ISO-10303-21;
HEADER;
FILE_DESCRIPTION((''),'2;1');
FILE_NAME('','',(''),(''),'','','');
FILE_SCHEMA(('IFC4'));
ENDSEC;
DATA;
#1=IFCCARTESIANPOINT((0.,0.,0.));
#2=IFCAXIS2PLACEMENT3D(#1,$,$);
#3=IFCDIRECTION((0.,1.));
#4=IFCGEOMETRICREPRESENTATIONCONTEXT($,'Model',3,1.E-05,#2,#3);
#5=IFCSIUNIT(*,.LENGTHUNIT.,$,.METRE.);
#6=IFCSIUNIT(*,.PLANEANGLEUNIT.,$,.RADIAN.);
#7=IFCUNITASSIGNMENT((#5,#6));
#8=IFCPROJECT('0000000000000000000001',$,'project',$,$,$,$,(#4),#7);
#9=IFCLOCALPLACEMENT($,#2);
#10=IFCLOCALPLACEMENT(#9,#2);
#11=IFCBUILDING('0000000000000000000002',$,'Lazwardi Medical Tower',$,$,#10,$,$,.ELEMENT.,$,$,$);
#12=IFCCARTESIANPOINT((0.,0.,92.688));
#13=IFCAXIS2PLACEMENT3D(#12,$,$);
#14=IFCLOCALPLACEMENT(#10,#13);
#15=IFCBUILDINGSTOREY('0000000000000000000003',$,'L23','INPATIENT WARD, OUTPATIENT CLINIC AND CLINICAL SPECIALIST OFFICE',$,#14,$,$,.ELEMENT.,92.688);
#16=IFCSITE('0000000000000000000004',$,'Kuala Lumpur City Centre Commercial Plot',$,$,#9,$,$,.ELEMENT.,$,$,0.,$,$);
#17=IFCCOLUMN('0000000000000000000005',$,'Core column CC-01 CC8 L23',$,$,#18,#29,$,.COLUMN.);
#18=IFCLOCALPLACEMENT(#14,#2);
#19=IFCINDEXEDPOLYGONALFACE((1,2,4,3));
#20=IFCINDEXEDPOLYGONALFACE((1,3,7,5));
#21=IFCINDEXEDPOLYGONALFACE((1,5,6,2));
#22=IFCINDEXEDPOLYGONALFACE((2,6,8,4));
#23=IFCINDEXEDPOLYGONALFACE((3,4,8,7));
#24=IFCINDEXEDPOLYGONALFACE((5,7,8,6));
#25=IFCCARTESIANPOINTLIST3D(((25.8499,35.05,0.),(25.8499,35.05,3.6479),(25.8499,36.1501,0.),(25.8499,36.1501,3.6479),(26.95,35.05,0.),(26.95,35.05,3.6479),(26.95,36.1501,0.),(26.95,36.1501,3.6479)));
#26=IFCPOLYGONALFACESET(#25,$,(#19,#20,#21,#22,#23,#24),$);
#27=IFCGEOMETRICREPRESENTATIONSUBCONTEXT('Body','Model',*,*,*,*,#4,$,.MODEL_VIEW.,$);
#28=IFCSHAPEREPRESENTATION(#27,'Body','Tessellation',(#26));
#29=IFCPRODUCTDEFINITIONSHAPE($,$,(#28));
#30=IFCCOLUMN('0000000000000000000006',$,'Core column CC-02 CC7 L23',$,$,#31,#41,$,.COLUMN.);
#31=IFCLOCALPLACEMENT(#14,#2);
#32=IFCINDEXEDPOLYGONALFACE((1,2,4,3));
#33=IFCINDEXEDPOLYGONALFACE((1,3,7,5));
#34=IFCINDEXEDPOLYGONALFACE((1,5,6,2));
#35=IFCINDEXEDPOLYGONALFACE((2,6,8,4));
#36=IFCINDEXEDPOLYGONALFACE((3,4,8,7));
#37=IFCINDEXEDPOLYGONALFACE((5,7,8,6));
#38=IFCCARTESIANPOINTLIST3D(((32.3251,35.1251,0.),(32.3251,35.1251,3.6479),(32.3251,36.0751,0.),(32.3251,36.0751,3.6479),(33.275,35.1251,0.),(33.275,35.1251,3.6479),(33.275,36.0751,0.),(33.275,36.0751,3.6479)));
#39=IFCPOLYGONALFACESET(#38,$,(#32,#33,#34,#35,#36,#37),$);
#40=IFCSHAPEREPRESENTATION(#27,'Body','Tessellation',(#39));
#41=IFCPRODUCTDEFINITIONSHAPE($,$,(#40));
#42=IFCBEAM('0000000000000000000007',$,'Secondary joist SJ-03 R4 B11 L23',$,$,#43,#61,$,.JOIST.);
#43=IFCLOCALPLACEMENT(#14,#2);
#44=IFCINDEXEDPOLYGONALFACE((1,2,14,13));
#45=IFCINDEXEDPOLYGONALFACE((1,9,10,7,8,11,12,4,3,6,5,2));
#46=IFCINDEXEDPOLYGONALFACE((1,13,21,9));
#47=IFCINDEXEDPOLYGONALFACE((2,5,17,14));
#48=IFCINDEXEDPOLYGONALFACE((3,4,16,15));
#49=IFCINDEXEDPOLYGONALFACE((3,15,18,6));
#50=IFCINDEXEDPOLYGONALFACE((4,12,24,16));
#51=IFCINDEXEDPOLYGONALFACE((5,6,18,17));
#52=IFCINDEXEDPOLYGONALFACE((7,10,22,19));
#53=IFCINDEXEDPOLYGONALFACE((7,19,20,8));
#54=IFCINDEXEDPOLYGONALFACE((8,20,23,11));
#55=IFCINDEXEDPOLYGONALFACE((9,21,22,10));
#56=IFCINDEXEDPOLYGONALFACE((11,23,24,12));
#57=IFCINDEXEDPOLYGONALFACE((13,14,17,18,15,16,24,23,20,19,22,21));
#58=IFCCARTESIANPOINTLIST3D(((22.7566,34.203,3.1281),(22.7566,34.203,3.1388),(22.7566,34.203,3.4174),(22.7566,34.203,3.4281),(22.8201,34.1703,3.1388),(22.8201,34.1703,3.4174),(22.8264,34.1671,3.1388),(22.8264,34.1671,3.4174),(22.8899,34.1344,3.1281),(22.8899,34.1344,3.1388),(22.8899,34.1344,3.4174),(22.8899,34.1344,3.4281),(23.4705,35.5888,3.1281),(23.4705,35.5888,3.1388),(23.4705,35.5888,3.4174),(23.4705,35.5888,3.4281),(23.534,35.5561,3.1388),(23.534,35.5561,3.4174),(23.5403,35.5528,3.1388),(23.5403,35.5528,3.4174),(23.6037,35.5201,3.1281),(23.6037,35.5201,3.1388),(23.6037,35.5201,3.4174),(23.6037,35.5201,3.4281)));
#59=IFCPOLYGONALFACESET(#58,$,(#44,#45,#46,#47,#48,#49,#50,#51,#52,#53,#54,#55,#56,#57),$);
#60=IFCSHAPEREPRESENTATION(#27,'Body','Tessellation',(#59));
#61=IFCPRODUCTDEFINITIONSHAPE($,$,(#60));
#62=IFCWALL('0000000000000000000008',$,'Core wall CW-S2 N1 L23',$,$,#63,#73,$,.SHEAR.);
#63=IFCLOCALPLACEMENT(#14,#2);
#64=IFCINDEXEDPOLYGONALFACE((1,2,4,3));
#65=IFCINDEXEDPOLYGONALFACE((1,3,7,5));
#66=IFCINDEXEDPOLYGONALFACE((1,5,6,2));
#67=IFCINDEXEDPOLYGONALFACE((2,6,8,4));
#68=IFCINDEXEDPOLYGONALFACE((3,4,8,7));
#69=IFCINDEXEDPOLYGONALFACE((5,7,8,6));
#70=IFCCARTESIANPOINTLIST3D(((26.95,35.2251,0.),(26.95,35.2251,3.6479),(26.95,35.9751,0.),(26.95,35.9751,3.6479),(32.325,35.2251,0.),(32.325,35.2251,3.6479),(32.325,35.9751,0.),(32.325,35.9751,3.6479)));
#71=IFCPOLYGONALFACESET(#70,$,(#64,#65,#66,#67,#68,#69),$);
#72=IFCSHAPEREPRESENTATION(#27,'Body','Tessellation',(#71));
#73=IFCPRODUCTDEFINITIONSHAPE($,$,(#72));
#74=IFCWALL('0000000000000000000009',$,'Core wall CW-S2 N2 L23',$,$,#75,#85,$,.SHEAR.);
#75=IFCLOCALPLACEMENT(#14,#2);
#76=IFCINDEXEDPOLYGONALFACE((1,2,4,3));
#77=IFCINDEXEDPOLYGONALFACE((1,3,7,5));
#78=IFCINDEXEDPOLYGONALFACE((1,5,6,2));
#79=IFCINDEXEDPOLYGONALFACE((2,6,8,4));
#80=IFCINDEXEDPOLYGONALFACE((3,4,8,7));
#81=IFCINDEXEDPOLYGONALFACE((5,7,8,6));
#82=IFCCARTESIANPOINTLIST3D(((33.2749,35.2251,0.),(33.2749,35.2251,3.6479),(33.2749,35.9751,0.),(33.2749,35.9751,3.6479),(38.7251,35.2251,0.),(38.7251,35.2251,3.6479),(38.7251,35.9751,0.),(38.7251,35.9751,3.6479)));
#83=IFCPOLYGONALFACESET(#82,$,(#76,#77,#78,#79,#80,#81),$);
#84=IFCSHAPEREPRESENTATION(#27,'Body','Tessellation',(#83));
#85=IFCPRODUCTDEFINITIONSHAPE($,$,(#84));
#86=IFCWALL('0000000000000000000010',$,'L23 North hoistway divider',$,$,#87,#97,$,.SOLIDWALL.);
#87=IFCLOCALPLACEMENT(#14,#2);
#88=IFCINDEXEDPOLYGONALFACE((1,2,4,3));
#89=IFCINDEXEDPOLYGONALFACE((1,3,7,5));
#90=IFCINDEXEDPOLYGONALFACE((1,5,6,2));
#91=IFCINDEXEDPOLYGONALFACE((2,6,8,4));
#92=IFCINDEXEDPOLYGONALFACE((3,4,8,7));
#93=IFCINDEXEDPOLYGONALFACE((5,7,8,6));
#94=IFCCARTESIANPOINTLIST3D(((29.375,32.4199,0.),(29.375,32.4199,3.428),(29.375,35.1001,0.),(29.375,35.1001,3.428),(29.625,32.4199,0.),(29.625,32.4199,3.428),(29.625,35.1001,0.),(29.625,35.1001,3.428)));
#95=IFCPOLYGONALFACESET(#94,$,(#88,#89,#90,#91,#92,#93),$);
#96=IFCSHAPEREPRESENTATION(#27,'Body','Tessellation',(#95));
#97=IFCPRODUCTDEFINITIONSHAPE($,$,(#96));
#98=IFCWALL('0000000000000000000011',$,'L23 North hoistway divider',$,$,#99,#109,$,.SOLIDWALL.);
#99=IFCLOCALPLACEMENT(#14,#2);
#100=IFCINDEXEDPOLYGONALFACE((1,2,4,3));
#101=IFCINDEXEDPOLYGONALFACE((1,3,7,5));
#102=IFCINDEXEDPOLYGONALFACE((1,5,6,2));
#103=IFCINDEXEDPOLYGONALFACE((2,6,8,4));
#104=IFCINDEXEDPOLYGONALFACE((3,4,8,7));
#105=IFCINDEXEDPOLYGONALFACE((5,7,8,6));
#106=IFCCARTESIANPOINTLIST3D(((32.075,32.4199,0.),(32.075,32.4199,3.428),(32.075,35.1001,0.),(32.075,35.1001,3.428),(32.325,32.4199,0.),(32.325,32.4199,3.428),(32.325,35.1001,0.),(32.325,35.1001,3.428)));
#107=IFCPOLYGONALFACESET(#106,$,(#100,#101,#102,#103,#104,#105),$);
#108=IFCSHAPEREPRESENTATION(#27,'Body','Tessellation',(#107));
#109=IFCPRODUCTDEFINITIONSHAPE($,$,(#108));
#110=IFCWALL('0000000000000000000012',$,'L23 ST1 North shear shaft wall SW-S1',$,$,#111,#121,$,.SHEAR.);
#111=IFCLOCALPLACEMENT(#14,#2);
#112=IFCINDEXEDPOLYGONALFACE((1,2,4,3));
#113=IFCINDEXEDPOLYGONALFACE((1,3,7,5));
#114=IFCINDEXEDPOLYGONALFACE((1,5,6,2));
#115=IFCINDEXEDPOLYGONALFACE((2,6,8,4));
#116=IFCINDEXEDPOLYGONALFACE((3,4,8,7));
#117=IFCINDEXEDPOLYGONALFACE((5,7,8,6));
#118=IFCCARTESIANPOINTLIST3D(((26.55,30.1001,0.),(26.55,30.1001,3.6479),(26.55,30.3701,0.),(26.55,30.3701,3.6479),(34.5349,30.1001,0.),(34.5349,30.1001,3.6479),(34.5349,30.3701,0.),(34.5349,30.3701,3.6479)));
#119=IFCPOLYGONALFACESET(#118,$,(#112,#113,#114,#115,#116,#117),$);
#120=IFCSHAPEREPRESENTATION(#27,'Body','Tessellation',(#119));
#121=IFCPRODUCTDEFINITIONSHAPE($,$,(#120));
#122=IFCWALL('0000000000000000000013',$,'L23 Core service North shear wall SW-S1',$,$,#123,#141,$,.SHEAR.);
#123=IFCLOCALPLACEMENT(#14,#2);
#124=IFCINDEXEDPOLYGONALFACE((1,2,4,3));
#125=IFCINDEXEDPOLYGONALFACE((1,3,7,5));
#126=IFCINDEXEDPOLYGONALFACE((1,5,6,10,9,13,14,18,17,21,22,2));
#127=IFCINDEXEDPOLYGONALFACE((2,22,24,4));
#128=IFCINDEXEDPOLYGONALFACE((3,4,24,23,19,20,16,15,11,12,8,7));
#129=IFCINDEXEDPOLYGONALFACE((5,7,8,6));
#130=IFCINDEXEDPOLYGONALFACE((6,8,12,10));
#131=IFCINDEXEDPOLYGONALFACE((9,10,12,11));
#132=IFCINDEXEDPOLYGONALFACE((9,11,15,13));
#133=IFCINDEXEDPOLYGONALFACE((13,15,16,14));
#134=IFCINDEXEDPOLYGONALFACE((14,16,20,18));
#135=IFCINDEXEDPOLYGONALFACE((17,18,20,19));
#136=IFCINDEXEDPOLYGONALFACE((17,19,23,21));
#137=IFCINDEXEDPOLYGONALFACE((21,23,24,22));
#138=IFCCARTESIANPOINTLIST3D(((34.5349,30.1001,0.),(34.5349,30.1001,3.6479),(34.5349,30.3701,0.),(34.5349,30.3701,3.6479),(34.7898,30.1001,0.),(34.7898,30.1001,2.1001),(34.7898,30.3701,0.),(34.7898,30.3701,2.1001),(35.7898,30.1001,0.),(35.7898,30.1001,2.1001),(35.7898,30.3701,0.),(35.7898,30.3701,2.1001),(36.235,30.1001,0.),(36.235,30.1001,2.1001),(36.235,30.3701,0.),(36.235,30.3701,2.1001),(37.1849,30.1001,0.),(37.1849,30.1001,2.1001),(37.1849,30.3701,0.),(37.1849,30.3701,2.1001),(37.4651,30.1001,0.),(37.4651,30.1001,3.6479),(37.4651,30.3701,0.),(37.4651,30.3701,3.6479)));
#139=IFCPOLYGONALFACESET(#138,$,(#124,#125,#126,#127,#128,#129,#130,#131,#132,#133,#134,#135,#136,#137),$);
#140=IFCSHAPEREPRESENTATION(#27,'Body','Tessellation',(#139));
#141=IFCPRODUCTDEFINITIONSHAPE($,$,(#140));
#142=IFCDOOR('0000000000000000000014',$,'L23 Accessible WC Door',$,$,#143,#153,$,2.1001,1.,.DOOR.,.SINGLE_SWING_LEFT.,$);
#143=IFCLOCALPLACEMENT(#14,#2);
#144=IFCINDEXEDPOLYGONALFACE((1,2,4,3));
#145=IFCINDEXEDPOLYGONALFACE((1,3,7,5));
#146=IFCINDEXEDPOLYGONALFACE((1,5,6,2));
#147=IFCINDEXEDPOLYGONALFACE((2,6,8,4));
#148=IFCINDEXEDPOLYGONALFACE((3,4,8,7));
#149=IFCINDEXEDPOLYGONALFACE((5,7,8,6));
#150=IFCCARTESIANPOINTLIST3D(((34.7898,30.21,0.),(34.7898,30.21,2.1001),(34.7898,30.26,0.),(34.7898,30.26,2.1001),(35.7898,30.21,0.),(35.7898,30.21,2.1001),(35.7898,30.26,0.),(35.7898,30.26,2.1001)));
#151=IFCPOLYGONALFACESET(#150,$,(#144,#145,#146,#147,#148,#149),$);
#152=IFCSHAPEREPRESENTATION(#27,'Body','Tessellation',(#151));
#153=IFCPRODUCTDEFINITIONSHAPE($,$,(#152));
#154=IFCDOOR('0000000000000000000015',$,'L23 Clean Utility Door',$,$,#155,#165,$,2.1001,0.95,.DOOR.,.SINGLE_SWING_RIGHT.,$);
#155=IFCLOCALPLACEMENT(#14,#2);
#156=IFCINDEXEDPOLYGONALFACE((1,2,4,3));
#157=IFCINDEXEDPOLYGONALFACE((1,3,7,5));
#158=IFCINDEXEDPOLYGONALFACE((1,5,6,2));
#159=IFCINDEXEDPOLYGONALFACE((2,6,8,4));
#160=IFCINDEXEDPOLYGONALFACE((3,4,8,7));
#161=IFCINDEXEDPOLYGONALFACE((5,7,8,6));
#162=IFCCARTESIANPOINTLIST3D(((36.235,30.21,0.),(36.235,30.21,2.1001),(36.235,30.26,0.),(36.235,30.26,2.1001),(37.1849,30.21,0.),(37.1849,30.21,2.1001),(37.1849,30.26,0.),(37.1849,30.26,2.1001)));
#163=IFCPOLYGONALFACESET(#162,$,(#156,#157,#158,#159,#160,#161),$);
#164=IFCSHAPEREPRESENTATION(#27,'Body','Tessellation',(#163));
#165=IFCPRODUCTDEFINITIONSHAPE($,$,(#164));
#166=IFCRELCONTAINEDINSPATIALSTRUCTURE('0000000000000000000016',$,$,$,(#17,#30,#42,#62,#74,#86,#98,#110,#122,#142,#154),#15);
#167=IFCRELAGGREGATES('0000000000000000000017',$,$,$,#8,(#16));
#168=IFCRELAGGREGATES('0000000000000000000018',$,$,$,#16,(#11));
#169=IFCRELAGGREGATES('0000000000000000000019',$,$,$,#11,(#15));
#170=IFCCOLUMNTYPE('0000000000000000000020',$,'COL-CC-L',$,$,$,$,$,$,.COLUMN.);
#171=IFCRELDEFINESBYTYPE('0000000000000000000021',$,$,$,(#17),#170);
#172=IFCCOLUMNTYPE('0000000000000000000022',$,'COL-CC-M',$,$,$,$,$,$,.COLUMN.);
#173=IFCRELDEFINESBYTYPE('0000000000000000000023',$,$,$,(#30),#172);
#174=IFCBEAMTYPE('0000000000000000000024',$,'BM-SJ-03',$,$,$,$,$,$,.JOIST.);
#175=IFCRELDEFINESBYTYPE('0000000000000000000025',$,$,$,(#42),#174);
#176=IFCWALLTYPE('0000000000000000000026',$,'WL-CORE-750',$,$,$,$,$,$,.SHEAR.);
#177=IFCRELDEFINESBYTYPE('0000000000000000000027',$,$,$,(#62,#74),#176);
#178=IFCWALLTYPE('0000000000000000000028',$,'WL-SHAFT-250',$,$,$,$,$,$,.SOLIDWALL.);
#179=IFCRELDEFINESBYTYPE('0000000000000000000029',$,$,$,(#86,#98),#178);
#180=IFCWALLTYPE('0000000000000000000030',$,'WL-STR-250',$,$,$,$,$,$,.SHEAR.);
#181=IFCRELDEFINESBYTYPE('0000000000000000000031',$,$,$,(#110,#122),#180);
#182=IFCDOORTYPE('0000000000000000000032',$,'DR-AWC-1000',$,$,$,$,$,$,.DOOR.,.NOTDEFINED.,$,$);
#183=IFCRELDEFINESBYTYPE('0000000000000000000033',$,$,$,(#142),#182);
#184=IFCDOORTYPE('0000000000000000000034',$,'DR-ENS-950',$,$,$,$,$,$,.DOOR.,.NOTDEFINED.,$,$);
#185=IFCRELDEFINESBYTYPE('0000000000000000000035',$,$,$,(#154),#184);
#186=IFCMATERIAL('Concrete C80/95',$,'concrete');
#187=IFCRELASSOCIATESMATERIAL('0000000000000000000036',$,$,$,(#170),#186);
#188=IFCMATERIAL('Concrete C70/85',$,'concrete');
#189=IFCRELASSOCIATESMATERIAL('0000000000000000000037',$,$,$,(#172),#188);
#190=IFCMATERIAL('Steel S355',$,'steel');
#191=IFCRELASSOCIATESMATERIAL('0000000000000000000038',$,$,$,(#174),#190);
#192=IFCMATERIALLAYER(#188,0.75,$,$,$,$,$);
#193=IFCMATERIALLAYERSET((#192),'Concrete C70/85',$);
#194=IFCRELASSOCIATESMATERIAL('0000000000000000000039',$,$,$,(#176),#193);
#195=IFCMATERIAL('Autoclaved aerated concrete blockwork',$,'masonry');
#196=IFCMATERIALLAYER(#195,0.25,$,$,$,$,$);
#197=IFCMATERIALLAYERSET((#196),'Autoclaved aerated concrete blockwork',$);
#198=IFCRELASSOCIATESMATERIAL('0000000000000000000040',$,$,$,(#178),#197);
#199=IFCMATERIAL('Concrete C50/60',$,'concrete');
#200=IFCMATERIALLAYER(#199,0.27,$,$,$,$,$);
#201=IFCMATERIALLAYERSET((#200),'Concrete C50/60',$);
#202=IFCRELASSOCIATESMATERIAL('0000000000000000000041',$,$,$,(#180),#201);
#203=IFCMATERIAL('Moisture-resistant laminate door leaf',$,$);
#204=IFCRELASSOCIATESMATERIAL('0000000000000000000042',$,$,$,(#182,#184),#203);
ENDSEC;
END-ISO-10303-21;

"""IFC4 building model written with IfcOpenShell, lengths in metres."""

from ifc_helpers import new_model, si_unit, direction, frame, frame_2d, origin, origin_2d, place, context, subcontext, project, spatial, rectangle, i_section, extrude, material, layer, layer_set, material_profile, profile_set, type_object, element, fill, save


model = new_model("IFC4")

# Units and contexts
model_context = context("Model", 3, precision=1e-05, world=origin(), true_north=direction((0.0, 1.0)))
body_context = subcontext(model_context, "Body", "Model", "MODEL_VIEW")
ifc_project = project(units=[si_unit("LENGTHUNIT", "METRE"), si_unit("PLANEANGLEUNIT", "RADIAN")], contexts=[model_context])

# Site, building, storey
site_placement = place(None, origin())
site = spatial("IfcSite", under=ifc_project, at=site_placement, Name="Kuala Lumpur City Centre Commercial Plot", CompositionType="ELEMENT", RefElevation=0.0)
building_placement = place(site_placement, origin())
building = spatial("IfcBuilding", under=site, at=building_placement, Name="Lazwardi Medical Tower", CompositionType="ELEMENT")
storey_placement = place(building_placement, frame((0.0, 0.0, 92.688)))
storey = spatial("IfcBuildingStorey", under=building, at=storey_placement, Name="L23", Description="INPATIENT WARD, OUTPATIENT CLINIC AND CLINICAL SPECIALIST OFFICE", CompositionType="ELEMENT", Elevation=92.688)

# Columns
ifc_material_1 = material(Name="Concrete C80/95", Category="concrete")
ifc_material_profile_1 = material_profile(ifc_material_1, rectangle(XDim=1.1001, YDim=1.1001, at=origin_2d()), Name="RC 1100x1100")
ifc_profile_set_1 = profile_set([ifc_material_profile_1], Name="Concrete C80/95")
column_type_1 = type_object("IfcColumnType", Name="COL-CC-L", PredefinedType="COLUMN", material=ifc_profile_set_1)
column_1_placement = place(storey_placement, frame((26.3999, 35.6001, 0.0), z_axis=(0.0, 0.0, 1.0), x_axis=(1.0, 0.0, 0.0)))
element("IfcColumn", 1, at=column_1_placement, inside=storey, type_object=column_type_1, Name="Core column CC-01 CC8 L23", PredefinedType="COLUMN", context=body_context, shape_type="SweptSolid", body=[
    extrude(rectangle(XDim=1.1001, YDim=1.1001, at=origin_2d()), origin(), (0.0, 0.0, 1.0), 3.6479),
])
ifc_material_2 = material(Name="Concrete C70/85", Category="concrete")
ifc_material_profile_2 = material_profile(ifc_material_2, rectangle(XDim=0.95, YDim=0.95, at=origin_2d()), Name="RC 950x950")
ifc_profile_set_2 = profile_set([ifc_material_profile_2], Name="Concrete C70/85")
column_type_2 = type_object("IfcColumnType", Name="COL-CC-M", PredefinedType="COLUMN", material=ifc_profile_set_2)
column_2_placement = place(storey_placement, frame((32.8, 35.6001, 0.0), z_axis=(0.0, 0.0, 1.0), x_axis=(1.0, 0.0, 0.0)))
element("IfcColumn", 2, at=column_2_placement, inside=storey, type_object=column_type_2, Name="Core column CC-02 CC7 L23", PredefinedType="COLUMN", context=body_context, shape_type="SweptSolid", body=[
    extrude(rectangle(XDim=0.95, YDim=0.95, at=origin_2d()), origin(), (0.0, 0.0, 1.0), 3.6479),
])

# Beam
ifc_material_3 = material(Name="Steel S355", Category="steel")
ifc_material_profile_3 = material_profile(ifc_material_3, i_section(OverallWidth=0.1499, OverallDepth=0.3, WebThickness=0.0071, FlangeThickness=0.0107, at=origin_2d()), Name="IPE 300")
ifc_profile_set_3 = profile_set([ifc_material_profile_3], Name="Steel S355")
beam_type = type_object("IfcBeamType", Name="BM-SJ-03", PredefinedType="JOIST", material=ifc_profile_set_3)
beam_placement = place(storey_placement, frame((23.5371, 35.5544, 3.2781), z_axis=(-0.457957, -0.888975, 0.0), x_axis=(0.888975, -0.457957, 0.0)))
element("IfcBeam", 3, at=beam_placement, inside=storey, type_object=beam_type, Name="Secondary joist SJ-03 R4 B11 L23", PredefinedType="JOIST", context=body_context, shape_type="SweptSolid", body=[
    extrude(i_section(OverallWidth=0.1499, OverallDepth=0.3, WebThickness=0.0071, FlangeThickness=0.0107, at=origin_2d()), origin(), (0.0, 0.0, 1.0), 1.5588),
])

# Walls
ifc_layer_1 = layer(ifc_material_2, 0.75)
ifc_layer_set_1 = layer_set([ifc_layer_1], Name="Concrete C70/85")
wall_type_1 = type_object("IfcWallType", Name="WL-CORE-750", PredefinedType="SHEAR", material=ifc_layer_set_1)
wall_1_placement = place(storey_placement, frame((26.95, 35.6001, 0.0), z_axis=(0.0, 0.0, 1.0), x_axis=(1.0, 0.0, 0.0)))
element("IfcWall", 4, at=wall_1_placement, inside=storey, type_object=wall_type_1, Name="Core wall CW-S2 N1 L23", PredefinedType="SHEAR", context=body_context, shape_type="SweptSolid", body=[
    extrude(rectangle(XDim=5.375, YDim=0.75, at=frame_2d((2.6875, 0.0))), origin(), (0.0, 0.0, 1.0), 3.6479),
])
wall_2_placement = place(storey_placement, frame((33.2749, 35.6001, 0.0), z_axis=(0.0, 0.0, 1.0), x_axis=(1.0, 0.0, 0.0)))
element("IfcWall", 5, at=wall_2_placement, inside=storey, type_object=wall_type_1, Name="Core wall CW-S2 N2 L23", PredefinedType="SHEAR", context=body_context, shape_type="SweptSolid", body=[
    extrude(rectangle(XDim=5.4502, YDim=0.75, at=frame_2d((2.7251, 0.0))), origin(), (0.0, 0.0, 1.0), 3.6479),
])
ifc_material_4 = material(Name="Autoclaved aerated concrete blockwork", Category="masonry")
ifc_layer_2 = layer(ifc_material_4, 0.25)
ifc_layer_set_2 = layer_set([ifc_layer_2], Name="Autoclaved aerated concrete blockwork")
wall_type_2 = type_object("IfcWallType", Name="WL-SHAFT-250", PredefinedType="SOLIDWALL", material=ifc_layer_set_2)
for number, where, z_axis, x_axis, name in (
    (6, (29.5, 32.4199, 0.0), (0.0, 0.0, 1.0), (0.0, 1.0, 0.0), "L23 North hoistway divider"),
    (7, (32.2, 32.4199, 0.0), (0.0, 0.0, 1.0), (0.0, 1.0, 0.0), "L23 North hoistway divider"),
):
    element("IfcWall", number, at=place(storey_placement, frame(where, z_axis=z_axis, x_axis=x_axis)), inside=storey, type_object=wall_type_2, Name=name, PredefinedType="SOLIDWALL", context=body_context, shape_type="SweptSolid", body=[
        extrude(rectangle(XDim=2.6802, YDim=0.25, at=frame_2d((1.3401, 0.0))), origin(), (0.0, 0.0, 1.0), 3.428),
    ])
ifc_material_5 = material(Name="Concrete C50/60", Category="concrete")
ifc_layer_3 = layer(ifc_material_5, 0.27)
ifc_layer_set_3 = layer_set([ifc_layer_3], Name="Concrete C50/60")
wall_type_3 = type_object("IfcWallType", Name="WL-STR-250", PredefinedType="SHEAR", material=ifc_layer_set_3)
wall_3_placement = place(storey_placement, frame((26.55, 30.2351, 0.0), z_axis=(0.0, 0.0, 1.0), x_axis=(1.0, 0.0, 0.0)))
element("IfcWall", 8, at=wall_3_placement, inside=storey, type_object=wall_type_3, Name="L23 ST1 North shear shaft wall SW-S1", PredefinedType="SHEAR", context=body_context, shape_type="SweptSolid", body=[
    extrude(rectangle(XDim=7.9849, YDim=0.27, at=frame_2d((3.9924, 0.0))), origin(), (0.0, 0.0, 1.0), 3.6479),
])

# Wall, openings, doors
wall_4_placement = place(storey_placement, frame((34.5349, 30.2351, 0.0), z_axis=(0.0, 0.0, 1.0), x_axis=(1.0, 0.0, 0.0)))
wall_4 = element("IfcWall", 9, at=wall_4_placement, inside=storey, type_object=wall_type_3, Name="L23 Core service North shear wall SW-S1", PredefinedType="SHEAR", context=body_context, shape_type="SweptSolid", body=[
    extrude(rectangle(XDim=2.9302, YDim=0.27, at=frame_2d((1.4651, 0.0))), origin(), (0.0, 0.0, 1.0), 3.6479),
])
opening_1_placement = place(wall_4_placement, frame((0.2549, 0.0, 0.0)))
opening_1 = element("IfcOpeningElement", 10, at=opening_1_placement, cuts=wall_4, PredefinedType="OPENING", context=body_context, shape_type="SweptSolid", body=[
    extrude(rectangle(XDim=1.0, YDim=2.1001, at=frame_2d((0.5, 1.05))), frame((0.0, 0.145, 0.0), z_axis=(0.0, -1.0, 0.0), x_axis=(1.0, 0.0, 0.0)), (0.0, 0.0, 1.0), 0.29),
])
opening_2_placement = place(wall_4_placement, frame((1.7, 0.0, 0.0)))
opening_2 = element("IfcOpeningElement", 11, at=opening_2_placement, cuts=wall_4, PredefinedType="OPENING", context=body_context, shape_type="SweptSolid", body=[
    extrude(rectangle(XDim=0.95, YDim=2.1001, at=frame_2d((0.4751, 1.05))), frame((0.0, 0.145, 0.0), z_axis=(0.0, -1.0, 0.0), x_axis=(1.0, 0.0, 0.0)), (0.0, 0.0, 1.0), 0.29),
])
ifc_material_6 = material(Name="Moisture-resistant laminate door leaf")
door_type_1 = type_object("IfcDoorType", Name="DR-AWC-1000", OperationType="NOTDEFINED", PredefinedType="DOOR", material=ifc_material_6)
door_1_placement = place(opening_1_placement, origin())
door_1 = element("IfcDoor", 12, at=door_1_placement, inside=storey, type_object=door_type_1, Name="L23 Accessible WC Door", OperationType="SINGLE_SWING_LEFT", OverallHeight=2.1001, OverallWidth=1.0, PredefinedType="DOOR", context=body_context, shape_type="SweptSolid", body=[
    extrude(rectangle(XDim=1.0, YDim=2.1001, at=frame_2d((0.5, 1.05))), frame((0.0, 0.0249, 0.0), z_axis=(0.0, -1.0, 0.0), x_axis=(1.0, 0.0, 0.0)), (0.0, 0.0, 1.0), 0.05),
])
fill(opening_1, door_1)
door_type_2 = type_object("IfcDoorType", Name="DR-ENS-950", OperationType="NOTDEFINED", PredefinedType="DOOR", material=ifc_material_6)
door_2_placement = place(opening_2_placement, origin())
door_2 = element("IfcDoor", 13, at=door_2_placement, inside=storey, type_object=door_type_2, Name="L23 Clean Utility Door", OperationType="SINGLE_SWING_RIGHT", OverallHeight=2.1001, OverallWidth=0.95, PredefinedType="DOOR", context=body_context, shape_type="SweptSolid", body=[
    extrude(rectangle(XDim=0.95, YDim=2.1001, at=frame_2d((0.4751, 1.05))), frame((0.0, 0.0249, 0.0), z_axis=(0.0, -1.0, 0.0), x_axis=(1.0, 0.0, 0.0)), (0.0, 0.0, 1.0), 0.05),
])
fill(opening_2, door_2)

save(model, "model.ifc")
